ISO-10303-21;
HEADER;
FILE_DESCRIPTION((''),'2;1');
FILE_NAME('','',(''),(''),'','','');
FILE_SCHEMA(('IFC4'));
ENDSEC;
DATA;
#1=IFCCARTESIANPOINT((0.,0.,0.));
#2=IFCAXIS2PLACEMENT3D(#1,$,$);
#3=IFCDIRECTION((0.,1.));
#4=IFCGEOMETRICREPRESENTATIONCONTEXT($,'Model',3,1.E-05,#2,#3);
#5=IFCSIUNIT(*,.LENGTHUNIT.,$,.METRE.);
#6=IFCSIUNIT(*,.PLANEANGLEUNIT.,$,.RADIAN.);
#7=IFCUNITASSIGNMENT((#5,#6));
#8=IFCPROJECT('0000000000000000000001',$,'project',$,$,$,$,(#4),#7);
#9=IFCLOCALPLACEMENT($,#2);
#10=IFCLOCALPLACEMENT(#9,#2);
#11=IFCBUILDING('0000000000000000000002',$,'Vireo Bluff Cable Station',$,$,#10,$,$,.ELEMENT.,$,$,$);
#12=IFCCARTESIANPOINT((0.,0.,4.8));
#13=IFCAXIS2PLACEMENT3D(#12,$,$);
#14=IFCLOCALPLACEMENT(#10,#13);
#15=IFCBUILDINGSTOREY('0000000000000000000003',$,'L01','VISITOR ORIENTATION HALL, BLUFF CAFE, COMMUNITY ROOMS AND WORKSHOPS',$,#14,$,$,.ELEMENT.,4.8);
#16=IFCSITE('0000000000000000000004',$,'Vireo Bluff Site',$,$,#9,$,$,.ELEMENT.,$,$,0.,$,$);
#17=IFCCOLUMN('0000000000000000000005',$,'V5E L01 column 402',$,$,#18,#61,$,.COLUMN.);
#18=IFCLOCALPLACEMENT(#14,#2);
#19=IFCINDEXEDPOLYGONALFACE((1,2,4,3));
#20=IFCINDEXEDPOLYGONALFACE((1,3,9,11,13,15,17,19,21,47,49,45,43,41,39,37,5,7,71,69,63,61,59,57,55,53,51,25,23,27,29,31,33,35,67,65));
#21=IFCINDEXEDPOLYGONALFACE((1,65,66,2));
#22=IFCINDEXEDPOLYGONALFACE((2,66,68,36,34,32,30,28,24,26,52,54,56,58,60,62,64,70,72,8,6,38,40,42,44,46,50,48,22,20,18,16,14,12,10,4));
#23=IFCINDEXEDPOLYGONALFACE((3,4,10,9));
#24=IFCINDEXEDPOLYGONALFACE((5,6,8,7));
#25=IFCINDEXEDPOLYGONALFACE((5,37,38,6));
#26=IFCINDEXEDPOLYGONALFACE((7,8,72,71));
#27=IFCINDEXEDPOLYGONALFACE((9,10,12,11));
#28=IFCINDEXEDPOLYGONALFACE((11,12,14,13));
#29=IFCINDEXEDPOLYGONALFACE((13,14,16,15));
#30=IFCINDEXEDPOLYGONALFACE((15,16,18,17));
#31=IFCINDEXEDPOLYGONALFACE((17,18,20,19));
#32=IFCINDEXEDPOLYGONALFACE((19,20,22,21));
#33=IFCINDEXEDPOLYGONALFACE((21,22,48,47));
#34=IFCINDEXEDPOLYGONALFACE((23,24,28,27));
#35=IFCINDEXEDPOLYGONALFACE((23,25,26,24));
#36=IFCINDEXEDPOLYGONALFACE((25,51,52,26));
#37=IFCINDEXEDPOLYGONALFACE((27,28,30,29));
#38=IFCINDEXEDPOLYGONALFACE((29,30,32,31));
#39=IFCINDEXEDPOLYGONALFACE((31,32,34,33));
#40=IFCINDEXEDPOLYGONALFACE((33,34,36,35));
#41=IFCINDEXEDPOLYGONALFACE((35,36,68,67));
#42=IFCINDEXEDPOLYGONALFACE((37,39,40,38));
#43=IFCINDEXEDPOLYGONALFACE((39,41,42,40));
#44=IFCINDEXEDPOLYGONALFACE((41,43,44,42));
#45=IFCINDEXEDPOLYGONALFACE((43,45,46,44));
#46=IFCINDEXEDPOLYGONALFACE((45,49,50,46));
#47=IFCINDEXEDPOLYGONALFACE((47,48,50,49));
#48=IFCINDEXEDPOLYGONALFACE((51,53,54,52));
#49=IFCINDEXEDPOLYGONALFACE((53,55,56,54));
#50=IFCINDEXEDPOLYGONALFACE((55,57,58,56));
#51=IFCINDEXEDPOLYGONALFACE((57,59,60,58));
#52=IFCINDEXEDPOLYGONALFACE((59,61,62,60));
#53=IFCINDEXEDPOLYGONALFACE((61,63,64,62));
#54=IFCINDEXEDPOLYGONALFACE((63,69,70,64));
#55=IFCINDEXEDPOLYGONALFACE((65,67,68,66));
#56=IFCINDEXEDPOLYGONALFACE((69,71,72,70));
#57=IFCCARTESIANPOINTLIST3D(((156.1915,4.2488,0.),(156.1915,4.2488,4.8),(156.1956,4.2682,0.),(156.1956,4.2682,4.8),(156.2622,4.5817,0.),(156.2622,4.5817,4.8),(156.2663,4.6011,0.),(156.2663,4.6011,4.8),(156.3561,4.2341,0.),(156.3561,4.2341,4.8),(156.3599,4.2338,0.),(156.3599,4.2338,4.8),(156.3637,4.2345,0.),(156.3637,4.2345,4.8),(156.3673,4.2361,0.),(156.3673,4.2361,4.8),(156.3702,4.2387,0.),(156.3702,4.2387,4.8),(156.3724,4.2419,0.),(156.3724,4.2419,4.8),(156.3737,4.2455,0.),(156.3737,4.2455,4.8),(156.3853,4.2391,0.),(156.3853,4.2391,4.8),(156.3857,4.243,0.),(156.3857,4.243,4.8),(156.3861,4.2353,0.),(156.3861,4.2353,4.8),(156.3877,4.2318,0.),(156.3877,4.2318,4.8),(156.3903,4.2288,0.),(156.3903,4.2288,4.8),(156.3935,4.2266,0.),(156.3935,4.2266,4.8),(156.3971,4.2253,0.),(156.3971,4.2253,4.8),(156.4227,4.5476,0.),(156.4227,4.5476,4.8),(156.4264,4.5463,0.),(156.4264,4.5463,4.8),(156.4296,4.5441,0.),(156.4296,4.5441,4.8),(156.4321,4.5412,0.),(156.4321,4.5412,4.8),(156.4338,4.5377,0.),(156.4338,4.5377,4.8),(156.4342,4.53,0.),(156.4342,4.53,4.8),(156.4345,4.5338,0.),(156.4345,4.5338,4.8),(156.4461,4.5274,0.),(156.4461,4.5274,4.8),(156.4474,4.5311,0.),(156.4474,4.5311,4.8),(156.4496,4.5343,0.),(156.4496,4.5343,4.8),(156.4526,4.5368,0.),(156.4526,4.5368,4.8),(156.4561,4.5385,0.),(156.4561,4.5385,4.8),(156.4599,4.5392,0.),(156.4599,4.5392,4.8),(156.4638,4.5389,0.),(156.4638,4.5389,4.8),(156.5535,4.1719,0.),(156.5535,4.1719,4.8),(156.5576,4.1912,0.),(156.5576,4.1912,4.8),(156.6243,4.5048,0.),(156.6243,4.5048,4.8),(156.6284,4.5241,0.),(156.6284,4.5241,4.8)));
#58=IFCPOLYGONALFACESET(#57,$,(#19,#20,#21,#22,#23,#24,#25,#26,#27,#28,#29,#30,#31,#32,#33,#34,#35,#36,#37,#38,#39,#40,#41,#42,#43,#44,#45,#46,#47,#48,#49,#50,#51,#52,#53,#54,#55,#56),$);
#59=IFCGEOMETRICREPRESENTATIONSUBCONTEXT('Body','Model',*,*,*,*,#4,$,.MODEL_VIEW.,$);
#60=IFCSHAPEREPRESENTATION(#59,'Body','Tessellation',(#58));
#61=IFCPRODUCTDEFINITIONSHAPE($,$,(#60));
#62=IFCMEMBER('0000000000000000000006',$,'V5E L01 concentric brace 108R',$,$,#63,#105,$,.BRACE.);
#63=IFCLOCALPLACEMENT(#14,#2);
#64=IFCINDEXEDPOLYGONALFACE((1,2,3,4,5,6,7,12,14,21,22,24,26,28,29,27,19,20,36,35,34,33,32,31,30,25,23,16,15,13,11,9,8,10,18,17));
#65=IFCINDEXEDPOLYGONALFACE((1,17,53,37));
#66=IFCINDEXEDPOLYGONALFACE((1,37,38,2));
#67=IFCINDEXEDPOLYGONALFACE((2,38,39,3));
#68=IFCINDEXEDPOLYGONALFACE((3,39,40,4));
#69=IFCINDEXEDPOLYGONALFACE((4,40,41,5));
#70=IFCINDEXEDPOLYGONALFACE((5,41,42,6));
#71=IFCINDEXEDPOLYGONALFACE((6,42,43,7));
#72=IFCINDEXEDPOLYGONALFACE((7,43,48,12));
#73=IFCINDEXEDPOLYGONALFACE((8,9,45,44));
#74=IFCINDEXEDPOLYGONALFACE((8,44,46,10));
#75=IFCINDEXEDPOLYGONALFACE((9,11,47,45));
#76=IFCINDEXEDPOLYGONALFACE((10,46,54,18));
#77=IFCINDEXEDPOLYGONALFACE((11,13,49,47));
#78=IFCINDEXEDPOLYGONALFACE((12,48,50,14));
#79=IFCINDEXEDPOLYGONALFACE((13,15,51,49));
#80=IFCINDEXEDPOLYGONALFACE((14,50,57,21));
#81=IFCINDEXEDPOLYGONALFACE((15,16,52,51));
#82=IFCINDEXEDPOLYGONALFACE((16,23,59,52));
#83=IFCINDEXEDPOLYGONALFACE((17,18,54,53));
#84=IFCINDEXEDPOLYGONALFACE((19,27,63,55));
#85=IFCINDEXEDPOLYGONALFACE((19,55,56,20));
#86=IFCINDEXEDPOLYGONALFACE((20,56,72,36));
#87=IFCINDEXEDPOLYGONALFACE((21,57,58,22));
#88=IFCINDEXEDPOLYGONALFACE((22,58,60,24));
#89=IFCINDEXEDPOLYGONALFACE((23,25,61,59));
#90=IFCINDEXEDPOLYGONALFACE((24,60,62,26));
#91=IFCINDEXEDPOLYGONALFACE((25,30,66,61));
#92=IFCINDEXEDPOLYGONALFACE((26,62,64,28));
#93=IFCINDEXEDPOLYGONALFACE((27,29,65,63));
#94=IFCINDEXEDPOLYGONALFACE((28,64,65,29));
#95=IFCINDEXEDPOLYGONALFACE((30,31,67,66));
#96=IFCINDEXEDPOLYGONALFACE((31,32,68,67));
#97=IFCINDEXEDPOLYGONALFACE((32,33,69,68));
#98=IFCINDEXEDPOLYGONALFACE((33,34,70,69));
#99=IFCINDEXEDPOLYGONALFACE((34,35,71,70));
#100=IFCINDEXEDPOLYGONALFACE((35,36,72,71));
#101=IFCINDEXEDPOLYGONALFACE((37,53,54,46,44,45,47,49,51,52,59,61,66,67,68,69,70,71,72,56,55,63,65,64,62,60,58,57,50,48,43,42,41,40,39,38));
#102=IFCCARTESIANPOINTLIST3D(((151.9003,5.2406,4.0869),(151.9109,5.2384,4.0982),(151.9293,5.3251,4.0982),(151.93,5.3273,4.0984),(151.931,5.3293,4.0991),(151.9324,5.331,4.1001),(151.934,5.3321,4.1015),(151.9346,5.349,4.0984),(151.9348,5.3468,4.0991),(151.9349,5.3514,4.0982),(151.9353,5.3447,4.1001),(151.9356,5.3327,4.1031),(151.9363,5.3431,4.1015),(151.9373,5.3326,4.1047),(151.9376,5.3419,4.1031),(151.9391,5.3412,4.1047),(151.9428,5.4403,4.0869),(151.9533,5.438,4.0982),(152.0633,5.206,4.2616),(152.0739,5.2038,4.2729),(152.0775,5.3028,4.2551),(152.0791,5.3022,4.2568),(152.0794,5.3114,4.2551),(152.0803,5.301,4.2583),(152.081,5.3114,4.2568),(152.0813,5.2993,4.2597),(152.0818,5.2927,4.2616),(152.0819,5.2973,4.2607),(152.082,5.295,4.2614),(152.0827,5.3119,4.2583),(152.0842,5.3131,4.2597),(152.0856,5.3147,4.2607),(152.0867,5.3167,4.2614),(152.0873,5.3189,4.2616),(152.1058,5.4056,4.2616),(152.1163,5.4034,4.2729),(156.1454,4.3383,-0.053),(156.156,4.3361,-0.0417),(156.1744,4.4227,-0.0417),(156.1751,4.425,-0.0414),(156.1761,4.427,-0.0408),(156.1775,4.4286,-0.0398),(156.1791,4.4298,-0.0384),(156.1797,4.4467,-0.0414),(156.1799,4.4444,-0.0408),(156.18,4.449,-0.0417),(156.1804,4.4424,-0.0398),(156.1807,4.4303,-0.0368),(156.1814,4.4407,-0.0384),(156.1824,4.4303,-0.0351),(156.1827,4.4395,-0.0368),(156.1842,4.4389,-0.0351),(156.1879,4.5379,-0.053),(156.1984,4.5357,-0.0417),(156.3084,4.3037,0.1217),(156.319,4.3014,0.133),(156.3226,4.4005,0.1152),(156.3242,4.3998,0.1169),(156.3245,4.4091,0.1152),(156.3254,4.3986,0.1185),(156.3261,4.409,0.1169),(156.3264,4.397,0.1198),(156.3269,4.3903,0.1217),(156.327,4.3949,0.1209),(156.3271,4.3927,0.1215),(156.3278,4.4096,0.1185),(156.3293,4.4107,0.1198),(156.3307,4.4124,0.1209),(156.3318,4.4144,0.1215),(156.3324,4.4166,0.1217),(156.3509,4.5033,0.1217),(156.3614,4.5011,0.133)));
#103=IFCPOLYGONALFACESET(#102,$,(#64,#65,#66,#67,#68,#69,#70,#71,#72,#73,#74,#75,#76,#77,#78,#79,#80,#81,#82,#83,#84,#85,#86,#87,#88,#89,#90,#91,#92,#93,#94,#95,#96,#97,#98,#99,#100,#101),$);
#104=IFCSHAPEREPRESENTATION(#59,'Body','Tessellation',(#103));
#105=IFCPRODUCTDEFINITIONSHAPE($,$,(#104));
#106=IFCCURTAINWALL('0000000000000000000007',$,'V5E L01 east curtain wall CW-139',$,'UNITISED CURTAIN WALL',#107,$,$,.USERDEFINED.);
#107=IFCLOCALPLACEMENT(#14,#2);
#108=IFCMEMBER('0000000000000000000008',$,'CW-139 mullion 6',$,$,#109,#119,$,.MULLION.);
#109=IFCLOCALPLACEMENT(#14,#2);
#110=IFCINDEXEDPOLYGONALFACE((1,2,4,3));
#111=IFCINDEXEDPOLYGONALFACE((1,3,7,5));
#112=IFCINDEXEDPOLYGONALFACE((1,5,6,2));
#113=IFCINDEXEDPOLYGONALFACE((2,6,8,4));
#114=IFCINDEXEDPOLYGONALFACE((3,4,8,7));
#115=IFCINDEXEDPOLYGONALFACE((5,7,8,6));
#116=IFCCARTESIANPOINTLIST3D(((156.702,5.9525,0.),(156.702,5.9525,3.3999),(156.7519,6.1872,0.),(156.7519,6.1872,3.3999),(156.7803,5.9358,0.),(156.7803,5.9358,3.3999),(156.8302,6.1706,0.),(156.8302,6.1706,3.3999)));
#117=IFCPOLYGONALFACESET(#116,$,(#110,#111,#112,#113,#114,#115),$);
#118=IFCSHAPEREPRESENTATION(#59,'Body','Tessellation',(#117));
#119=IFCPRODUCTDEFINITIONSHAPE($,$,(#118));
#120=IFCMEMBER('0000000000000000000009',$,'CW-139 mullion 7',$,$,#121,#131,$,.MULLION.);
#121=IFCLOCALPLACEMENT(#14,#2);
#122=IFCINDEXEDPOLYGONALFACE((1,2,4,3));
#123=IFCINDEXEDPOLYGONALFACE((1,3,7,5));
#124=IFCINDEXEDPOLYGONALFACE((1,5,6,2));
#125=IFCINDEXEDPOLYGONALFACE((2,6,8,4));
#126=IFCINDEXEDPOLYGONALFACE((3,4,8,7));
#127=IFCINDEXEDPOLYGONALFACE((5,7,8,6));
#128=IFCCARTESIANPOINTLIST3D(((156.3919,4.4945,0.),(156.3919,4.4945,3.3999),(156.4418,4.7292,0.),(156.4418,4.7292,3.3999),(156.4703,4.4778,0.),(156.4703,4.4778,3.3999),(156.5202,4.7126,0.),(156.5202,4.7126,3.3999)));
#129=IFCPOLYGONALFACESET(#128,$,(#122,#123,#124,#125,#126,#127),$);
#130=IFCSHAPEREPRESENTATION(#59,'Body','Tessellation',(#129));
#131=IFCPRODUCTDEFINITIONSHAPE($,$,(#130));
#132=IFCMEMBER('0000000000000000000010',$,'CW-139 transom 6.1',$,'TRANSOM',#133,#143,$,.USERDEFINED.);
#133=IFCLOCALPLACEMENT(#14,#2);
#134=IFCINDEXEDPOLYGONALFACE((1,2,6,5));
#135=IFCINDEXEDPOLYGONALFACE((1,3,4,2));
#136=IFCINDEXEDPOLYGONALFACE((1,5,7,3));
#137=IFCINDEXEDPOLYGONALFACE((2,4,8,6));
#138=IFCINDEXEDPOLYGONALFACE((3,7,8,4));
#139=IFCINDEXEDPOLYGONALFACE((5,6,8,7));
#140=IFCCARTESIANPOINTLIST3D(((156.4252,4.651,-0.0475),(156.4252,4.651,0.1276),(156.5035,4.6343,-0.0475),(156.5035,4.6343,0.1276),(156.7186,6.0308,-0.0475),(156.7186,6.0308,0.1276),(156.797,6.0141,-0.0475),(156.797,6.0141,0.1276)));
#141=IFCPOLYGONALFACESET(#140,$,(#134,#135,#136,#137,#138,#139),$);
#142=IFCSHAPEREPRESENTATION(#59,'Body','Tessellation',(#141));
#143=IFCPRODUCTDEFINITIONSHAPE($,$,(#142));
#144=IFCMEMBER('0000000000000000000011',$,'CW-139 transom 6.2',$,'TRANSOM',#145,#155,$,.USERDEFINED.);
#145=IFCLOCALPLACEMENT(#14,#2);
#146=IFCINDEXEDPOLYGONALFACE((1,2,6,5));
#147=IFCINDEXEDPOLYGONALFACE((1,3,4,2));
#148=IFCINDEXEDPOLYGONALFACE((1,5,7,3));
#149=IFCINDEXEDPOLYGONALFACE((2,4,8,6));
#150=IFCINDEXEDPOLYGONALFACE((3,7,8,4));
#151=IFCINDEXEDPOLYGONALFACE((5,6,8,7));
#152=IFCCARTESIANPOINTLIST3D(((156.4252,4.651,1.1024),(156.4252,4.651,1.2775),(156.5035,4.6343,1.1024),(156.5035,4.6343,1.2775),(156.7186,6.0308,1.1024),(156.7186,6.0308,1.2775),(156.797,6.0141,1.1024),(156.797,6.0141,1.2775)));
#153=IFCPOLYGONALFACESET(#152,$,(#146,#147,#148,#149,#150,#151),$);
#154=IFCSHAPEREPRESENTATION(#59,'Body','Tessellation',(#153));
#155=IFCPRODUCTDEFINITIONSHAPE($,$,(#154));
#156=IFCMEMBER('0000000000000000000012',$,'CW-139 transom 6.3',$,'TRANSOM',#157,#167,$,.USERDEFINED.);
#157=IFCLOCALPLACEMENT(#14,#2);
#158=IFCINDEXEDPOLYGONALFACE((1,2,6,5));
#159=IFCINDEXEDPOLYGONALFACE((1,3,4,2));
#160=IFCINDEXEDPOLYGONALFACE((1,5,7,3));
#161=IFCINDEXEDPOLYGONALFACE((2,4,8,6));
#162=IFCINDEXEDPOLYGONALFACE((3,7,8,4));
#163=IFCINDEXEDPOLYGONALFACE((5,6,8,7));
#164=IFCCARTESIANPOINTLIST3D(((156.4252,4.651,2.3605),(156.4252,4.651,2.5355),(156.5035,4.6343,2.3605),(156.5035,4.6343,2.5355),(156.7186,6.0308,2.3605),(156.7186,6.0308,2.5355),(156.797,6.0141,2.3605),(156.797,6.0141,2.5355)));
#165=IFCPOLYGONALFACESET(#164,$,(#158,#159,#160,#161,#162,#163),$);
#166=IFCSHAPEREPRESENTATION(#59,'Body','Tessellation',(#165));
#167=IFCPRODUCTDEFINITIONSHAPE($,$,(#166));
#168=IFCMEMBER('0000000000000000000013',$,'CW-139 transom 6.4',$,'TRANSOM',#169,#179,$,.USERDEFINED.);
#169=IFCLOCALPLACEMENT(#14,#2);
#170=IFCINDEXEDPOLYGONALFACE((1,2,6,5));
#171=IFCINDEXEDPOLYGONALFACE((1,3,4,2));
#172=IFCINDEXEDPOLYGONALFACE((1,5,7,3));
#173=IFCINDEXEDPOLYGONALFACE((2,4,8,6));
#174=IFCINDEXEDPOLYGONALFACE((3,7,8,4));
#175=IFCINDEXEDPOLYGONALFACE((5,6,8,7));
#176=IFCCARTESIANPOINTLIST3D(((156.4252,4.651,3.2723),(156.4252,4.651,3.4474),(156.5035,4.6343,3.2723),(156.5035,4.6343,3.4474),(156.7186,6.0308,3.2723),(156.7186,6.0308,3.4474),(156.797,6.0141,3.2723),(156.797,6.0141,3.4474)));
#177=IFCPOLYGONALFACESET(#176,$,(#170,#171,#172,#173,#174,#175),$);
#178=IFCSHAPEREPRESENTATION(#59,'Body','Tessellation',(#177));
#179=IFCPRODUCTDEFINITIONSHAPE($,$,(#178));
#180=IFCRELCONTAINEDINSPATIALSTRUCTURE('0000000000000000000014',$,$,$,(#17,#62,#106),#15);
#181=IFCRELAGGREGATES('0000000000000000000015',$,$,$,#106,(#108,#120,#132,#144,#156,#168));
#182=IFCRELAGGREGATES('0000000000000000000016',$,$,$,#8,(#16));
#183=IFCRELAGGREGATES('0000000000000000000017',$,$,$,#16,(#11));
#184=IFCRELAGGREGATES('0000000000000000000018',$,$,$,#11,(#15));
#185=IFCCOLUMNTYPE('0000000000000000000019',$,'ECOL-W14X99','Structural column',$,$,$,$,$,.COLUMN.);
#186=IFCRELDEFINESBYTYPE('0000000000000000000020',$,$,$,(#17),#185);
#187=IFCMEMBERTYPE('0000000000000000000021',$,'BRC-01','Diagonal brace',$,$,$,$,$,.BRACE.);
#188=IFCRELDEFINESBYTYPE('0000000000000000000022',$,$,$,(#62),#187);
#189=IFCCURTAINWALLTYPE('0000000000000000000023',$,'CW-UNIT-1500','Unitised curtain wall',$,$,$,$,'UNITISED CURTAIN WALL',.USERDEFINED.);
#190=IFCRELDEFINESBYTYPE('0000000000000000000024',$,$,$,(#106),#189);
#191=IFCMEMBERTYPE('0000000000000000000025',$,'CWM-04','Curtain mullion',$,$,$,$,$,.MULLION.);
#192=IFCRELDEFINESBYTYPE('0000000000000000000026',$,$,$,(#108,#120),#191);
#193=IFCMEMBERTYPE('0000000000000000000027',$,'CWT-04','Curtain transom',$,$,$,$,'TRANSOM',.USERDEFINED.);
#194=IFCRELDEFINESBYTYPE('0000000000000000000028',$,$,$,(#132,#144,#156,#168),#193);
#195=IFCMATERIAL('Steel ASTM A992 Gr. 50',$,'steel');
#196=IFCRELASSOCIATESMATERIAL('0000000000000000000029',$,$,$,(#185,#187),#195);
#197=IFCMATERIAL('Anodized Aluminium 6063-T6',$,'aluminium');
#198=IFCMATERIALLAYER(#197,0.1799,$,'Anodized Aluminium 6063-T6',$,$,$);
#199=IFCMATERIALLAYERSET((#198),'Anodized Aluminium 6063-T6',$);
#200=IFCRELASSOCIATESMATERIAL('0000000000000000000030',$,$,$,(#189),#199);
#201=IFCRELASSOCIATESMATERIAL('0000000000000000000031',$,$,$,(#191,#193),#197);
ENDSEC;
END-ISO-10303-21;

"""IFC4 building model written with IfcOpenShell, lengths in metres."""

from ifc_helpers import new_model, si_unit, direction, frame, origin, origin_2d, place, context, subcontext, project, spatial, rectangle, i_section, extrude, material, layer, layer_set, material_profile, profile_set, type_object, element, aggregate, save


model = new_model("IFC4")

# Units and contexts
model_context = context("Model", 3, precision=1e-05, world=origin(), true_north=direction((0.0, 1.0)))
body_context = subcontext(model_context, "Body", "Model", "MODEL_VIEW")
ifc_project = project(units=[si_unit("LENGTHUNIT", "METRE"), si_unit("PLANEANGLEUNIT", "RADIAN")], contexts=[model_context])

# Site, building, storey
site_placement = place(None, origin())
site = spatial("IfcSite", under=ifc_project, at=site_placement, Name="Vireo Bluff Site", CompositionType="ELEMENT", RefElevation=0.0)
building_placement = place(site_placement, origin())
building = spatial("IfcBuilding", under=site, at=building_placement, Name="Vireo Bluff Cable Station", CompositionType="ELEMENT")
storey_placement = place(building_placement, frame((0.0, 0.0, 4.8)))
storey = spatial("IfcBuildingStorey", under=building, at=storey_placement, Name="L01", Description="VISITOR ORIENTATION HALL, BLUFF CAFE, COMMUNITY ROOMS AND WORKSHOPS", CompositionType="ELEMENT", Elevation=4.8)

# Column
ifc_material_1 = material(Name="Steel ASTM A992 Gr. 50", Category="steel")
ifc_material_profile_1 = material_profile(ifc_material_1, i_section(OverallWidth=0.3701, OverallDepth=0.3601, WebThickness=0.0122, FlangeThickness=0.0198, FilletRadius=0.0149, at=origin_2d()), Name="W14X99")
ifc_profile_set_1 = profile_set([ifc_material_profile_1], Name="Steel ASTM A992 Gr. 50")
column_type = type_object("IfcColumnType", Name="ECOL-W14X99", Description="Structural column", PredefinedType="COLUMN", material=ifc_profile_set_1)
column_placement = place(storey_placement, frame((156.4099, 4.3865, 0.0), z_axis=(0.0, 0.0, 1.0), x_axis=(0.978148, -0.207912, 0.0)))
element("IfcColumn", 1, at=column_placement, inside=storey, type_object=column_type, Name="V5E L01 column 402", PredefinedType="COLUMN", context=body_context, shape_type="SweptSolid", body=[
    extrude(i_section(OverallWidth=0.3701, OverallDepth=0.3601, WebThickness=0.0122, FlangeThickness=0.0198, FilletRadius=0.0149, at=origin_2d()), origin(), (0.0, 0.0, 1.0), 4.8),
])

# Member
ifc_material_profile_2 = material_profile(ifc_material_1, i_section(OverallWidth=0.2041, OverallDepth=0.2571, WebThickness=0.0088, FlangeThickness=0.0156, FilletRadius=0.009, at=origin_2d()), Name="W10X45")
ifc_profile_set_2 = profile_set([ifc_material_profile_2], Name="Steel ASTM A992 Gr. 50")
member_type_1 = type_object("IfcMemberType", Name="BRC-01", Description="Diagonal brace", PredefinedType="BRACE", material=ifc_profile_set_2)
member_1_placement = place(storey_placement, frame((156.2534, 4.4197, 0.04), z_axis=(-0.707776, 0.150445, 0.690232), x_axis=(-0.207915, -0.978147, 0.0)))
element("IfcMember", 2, at=member_1_placement, inside=storey, type_object=member_type_1, Name="V5E L01 concentric brace 108R", PredefinedType="BRACE", context=body_context, shape_type="SweptSolid", body=[
    extrude(i_section(OverallWidth=0.2041, OverallDepth=0.2571, WebThickness=0.0088, FlangeThickness=0.0156, FilletRadius=0.009, at=origin_2d()), origin(), (0.0, 0.0, 1.0), 5.9978),
])

# Curtain wall, members
ifc_material_2 = material(Name="Anodized Aluminium 6063-T6", Category="aluminium")
ifc_layer_1 = layer(ifc_material_2, 0.1799, Name="Anodized Aluminium 6063-T6")
ifc_layer_set_1 = layer_set([ifc_layer_1], Name="Anodized Aluminium 6063-T6")
curtain_wall_type = type_object("IfcCurtainWallType", Name="CW-UNIT-1500", Description="Unitised curtain wall", ElementType="UNITISED CURTAIN WALL", PredefinedType="USERDEFINED", material=ifc_layer_set_1)
curtain_wall_placement = place(storey_placement, origin())
curtain_wall = element("IfcCurtainWall", 3, at=curtain_wall_placement, inside=storey, type_object=curtain_wall_type, Name="V5E L01 east curtain wall CW-139", ObjectType="UNITISED CURTAIN WALL", PredefinedType="USERDEFINED")
ifc_material_profile_3 = material_profile(ifc_material_2, rectangle(XDim=0.0801, YDim=0.24, at=origin_2d()), Name="ALU-M-80X240")
ifc_profile_set_3 = profile_set([ifc_material_profile_3], Name="Anodized Aluminium 6063-T6")
member_type_2 = type_object("IfcMemberType", Name="CWM-04", Description="Curtain mullion", PredefinedType="MULLION", material=ifc_profile_set_3)
member_2_placement = place(storey_placement, frame((156.7661, 6.0615, 0.0), z_axis=(0.0, 0.0, 1.0), x_axis=(0.978148, -0.207912, 0.0)))
member_2 = element("IfcMember", 4, at=member_2_placement, type_object=member_type_2, Name="CW-139 mullion 6", PredefinedType="MULLION", context=body_context, shape_type="SweptSolid", body=[
    extrude(rectangle(XDim=0.0801, YDim=0.24, at=origin_2d()), origin(), (0.0, 0.0, 1.0), 3.3999),
])
member_3_placement = place(storey_placement, frame((156.4561, 4.6035, 0.0), z_axis=(0.0, 0.0, 1.0), x_axis=(0.978148, -0.207912, 0.0)))
member_3 = element("IfcMember", 5, at=member_3_placement, type_object=member_type_2, Name="CW-139 mullion 7", PredefinedType="MULLION", context=body_context, shape_type="SweptSolid", body=[
    extrude(rectangle(XDim=0.0801, YDim=0.24, at=origin_2d()), origin(), (0.0, 0.0, 1.0), 3.3999),
])
ifc_material_profile_4 = material_profile(ifc_material_2, rectangle(XDim=0.0801, YDim=0.175, at=origin_2d()), Name="ALU-T-80X175")
ifc_profile_set_4 = profile_set([ifc_material_profile_4], Name="Anodized Aluminium 6063-T6")
member_type_3 = type_object("IfcMemberType", Name="CWT-04", Description="Curtain transom", ElementType="TRANSOM", PredefinedType="USERDEFINED", material=ifc_profile_set_4)
member_4_placement = place(storey_placement, frame((156.7578, 6.0225, 0.04), z_axis=(-0.208016, -0.978125, 0.0), x_axis=(0.978125, -0.208016, 0.0)))
member_4 = element("IfcMember", 6, at=member_4_placement, type_object=member_type_3, Name="CW-139 transom 6.1", ObjectType="TRANSOM", PredefinedType="USERDEFINED", context=body_context, shape_type="SweptSolid", body=[
    extrude(rectangle(XDim=0.0801, YDim=0.175, at=origin_2d()), origin(), (0.0, 0.0, 1.0), 1.4106),
])
member_5_placement = place(storey_placement, frame((156.7578, 6.0225, 1.1899), z_axis=(-0.208016, -0.978125, 0.0), x_axis=(0.978125, -0.208016, 0.0)))
member_5 = element("IfcMember", 7, at=member_5_placement, type_object=member_type_3, Name="CW-139 transom 6.2", ObjectType="TRANSOM", PredefinedType="USERDEFINED", context=body_context, shape_type="SweptSolid", body=[
    extrude(rectangle(XDim=0.0801, YDim=0.175, at=origin_2d()), origin(), (0.0, 0.0, 1.0), 1.4106),
])
member_6_placement = place(storey_placement, frame((156.7578, 6.0225, 2.448), z_axis=(-0.208016, -0.978125, 0.0), x_axis=(0.978125, -0.208016, 0.0)))
member_6 = element("IfcMember", 8, at=member_6_placement, type_object=member_type_3, Name="CW-139 transom 6.3", ObjectType="TRANSOM", PredefinedType="USERDEFINED", context=body_context, shape_type="SweptSolid", body=[
    extrude(rectangle(XDim=0.0801, YDim=0.175, at=origin_2d()), origin(), (0.0, 0.0, 1.0), 1.4106),
])
member_7_placement = place(storey_placement, frame((156.7578, 6.0225, 3.3599), z_axis=(-0.208016, -0.978125, 0.0), x_axis=(0.978125, -0.208016, 0.0)))
member_7 = element("IfcMember", 9, at=member_7_placement, type_object=member_type_3, Name="CW-139 transom 6.4", ObjectType="TRANSOM", PredefinedType="USERDEFINED", context=body_context, shape_type="SweptSolid", body=[
    extrude(rectangle(XDim=0.0801, YDim=0.175, at=origin_2d()), origin(), (0.0, 0.0, 1.0), 1.4106),
])

aggregate(curtain_wall, [member_2, member_3, member_4, member_5, member_6, member_7])

save(model, "model.ifc")
